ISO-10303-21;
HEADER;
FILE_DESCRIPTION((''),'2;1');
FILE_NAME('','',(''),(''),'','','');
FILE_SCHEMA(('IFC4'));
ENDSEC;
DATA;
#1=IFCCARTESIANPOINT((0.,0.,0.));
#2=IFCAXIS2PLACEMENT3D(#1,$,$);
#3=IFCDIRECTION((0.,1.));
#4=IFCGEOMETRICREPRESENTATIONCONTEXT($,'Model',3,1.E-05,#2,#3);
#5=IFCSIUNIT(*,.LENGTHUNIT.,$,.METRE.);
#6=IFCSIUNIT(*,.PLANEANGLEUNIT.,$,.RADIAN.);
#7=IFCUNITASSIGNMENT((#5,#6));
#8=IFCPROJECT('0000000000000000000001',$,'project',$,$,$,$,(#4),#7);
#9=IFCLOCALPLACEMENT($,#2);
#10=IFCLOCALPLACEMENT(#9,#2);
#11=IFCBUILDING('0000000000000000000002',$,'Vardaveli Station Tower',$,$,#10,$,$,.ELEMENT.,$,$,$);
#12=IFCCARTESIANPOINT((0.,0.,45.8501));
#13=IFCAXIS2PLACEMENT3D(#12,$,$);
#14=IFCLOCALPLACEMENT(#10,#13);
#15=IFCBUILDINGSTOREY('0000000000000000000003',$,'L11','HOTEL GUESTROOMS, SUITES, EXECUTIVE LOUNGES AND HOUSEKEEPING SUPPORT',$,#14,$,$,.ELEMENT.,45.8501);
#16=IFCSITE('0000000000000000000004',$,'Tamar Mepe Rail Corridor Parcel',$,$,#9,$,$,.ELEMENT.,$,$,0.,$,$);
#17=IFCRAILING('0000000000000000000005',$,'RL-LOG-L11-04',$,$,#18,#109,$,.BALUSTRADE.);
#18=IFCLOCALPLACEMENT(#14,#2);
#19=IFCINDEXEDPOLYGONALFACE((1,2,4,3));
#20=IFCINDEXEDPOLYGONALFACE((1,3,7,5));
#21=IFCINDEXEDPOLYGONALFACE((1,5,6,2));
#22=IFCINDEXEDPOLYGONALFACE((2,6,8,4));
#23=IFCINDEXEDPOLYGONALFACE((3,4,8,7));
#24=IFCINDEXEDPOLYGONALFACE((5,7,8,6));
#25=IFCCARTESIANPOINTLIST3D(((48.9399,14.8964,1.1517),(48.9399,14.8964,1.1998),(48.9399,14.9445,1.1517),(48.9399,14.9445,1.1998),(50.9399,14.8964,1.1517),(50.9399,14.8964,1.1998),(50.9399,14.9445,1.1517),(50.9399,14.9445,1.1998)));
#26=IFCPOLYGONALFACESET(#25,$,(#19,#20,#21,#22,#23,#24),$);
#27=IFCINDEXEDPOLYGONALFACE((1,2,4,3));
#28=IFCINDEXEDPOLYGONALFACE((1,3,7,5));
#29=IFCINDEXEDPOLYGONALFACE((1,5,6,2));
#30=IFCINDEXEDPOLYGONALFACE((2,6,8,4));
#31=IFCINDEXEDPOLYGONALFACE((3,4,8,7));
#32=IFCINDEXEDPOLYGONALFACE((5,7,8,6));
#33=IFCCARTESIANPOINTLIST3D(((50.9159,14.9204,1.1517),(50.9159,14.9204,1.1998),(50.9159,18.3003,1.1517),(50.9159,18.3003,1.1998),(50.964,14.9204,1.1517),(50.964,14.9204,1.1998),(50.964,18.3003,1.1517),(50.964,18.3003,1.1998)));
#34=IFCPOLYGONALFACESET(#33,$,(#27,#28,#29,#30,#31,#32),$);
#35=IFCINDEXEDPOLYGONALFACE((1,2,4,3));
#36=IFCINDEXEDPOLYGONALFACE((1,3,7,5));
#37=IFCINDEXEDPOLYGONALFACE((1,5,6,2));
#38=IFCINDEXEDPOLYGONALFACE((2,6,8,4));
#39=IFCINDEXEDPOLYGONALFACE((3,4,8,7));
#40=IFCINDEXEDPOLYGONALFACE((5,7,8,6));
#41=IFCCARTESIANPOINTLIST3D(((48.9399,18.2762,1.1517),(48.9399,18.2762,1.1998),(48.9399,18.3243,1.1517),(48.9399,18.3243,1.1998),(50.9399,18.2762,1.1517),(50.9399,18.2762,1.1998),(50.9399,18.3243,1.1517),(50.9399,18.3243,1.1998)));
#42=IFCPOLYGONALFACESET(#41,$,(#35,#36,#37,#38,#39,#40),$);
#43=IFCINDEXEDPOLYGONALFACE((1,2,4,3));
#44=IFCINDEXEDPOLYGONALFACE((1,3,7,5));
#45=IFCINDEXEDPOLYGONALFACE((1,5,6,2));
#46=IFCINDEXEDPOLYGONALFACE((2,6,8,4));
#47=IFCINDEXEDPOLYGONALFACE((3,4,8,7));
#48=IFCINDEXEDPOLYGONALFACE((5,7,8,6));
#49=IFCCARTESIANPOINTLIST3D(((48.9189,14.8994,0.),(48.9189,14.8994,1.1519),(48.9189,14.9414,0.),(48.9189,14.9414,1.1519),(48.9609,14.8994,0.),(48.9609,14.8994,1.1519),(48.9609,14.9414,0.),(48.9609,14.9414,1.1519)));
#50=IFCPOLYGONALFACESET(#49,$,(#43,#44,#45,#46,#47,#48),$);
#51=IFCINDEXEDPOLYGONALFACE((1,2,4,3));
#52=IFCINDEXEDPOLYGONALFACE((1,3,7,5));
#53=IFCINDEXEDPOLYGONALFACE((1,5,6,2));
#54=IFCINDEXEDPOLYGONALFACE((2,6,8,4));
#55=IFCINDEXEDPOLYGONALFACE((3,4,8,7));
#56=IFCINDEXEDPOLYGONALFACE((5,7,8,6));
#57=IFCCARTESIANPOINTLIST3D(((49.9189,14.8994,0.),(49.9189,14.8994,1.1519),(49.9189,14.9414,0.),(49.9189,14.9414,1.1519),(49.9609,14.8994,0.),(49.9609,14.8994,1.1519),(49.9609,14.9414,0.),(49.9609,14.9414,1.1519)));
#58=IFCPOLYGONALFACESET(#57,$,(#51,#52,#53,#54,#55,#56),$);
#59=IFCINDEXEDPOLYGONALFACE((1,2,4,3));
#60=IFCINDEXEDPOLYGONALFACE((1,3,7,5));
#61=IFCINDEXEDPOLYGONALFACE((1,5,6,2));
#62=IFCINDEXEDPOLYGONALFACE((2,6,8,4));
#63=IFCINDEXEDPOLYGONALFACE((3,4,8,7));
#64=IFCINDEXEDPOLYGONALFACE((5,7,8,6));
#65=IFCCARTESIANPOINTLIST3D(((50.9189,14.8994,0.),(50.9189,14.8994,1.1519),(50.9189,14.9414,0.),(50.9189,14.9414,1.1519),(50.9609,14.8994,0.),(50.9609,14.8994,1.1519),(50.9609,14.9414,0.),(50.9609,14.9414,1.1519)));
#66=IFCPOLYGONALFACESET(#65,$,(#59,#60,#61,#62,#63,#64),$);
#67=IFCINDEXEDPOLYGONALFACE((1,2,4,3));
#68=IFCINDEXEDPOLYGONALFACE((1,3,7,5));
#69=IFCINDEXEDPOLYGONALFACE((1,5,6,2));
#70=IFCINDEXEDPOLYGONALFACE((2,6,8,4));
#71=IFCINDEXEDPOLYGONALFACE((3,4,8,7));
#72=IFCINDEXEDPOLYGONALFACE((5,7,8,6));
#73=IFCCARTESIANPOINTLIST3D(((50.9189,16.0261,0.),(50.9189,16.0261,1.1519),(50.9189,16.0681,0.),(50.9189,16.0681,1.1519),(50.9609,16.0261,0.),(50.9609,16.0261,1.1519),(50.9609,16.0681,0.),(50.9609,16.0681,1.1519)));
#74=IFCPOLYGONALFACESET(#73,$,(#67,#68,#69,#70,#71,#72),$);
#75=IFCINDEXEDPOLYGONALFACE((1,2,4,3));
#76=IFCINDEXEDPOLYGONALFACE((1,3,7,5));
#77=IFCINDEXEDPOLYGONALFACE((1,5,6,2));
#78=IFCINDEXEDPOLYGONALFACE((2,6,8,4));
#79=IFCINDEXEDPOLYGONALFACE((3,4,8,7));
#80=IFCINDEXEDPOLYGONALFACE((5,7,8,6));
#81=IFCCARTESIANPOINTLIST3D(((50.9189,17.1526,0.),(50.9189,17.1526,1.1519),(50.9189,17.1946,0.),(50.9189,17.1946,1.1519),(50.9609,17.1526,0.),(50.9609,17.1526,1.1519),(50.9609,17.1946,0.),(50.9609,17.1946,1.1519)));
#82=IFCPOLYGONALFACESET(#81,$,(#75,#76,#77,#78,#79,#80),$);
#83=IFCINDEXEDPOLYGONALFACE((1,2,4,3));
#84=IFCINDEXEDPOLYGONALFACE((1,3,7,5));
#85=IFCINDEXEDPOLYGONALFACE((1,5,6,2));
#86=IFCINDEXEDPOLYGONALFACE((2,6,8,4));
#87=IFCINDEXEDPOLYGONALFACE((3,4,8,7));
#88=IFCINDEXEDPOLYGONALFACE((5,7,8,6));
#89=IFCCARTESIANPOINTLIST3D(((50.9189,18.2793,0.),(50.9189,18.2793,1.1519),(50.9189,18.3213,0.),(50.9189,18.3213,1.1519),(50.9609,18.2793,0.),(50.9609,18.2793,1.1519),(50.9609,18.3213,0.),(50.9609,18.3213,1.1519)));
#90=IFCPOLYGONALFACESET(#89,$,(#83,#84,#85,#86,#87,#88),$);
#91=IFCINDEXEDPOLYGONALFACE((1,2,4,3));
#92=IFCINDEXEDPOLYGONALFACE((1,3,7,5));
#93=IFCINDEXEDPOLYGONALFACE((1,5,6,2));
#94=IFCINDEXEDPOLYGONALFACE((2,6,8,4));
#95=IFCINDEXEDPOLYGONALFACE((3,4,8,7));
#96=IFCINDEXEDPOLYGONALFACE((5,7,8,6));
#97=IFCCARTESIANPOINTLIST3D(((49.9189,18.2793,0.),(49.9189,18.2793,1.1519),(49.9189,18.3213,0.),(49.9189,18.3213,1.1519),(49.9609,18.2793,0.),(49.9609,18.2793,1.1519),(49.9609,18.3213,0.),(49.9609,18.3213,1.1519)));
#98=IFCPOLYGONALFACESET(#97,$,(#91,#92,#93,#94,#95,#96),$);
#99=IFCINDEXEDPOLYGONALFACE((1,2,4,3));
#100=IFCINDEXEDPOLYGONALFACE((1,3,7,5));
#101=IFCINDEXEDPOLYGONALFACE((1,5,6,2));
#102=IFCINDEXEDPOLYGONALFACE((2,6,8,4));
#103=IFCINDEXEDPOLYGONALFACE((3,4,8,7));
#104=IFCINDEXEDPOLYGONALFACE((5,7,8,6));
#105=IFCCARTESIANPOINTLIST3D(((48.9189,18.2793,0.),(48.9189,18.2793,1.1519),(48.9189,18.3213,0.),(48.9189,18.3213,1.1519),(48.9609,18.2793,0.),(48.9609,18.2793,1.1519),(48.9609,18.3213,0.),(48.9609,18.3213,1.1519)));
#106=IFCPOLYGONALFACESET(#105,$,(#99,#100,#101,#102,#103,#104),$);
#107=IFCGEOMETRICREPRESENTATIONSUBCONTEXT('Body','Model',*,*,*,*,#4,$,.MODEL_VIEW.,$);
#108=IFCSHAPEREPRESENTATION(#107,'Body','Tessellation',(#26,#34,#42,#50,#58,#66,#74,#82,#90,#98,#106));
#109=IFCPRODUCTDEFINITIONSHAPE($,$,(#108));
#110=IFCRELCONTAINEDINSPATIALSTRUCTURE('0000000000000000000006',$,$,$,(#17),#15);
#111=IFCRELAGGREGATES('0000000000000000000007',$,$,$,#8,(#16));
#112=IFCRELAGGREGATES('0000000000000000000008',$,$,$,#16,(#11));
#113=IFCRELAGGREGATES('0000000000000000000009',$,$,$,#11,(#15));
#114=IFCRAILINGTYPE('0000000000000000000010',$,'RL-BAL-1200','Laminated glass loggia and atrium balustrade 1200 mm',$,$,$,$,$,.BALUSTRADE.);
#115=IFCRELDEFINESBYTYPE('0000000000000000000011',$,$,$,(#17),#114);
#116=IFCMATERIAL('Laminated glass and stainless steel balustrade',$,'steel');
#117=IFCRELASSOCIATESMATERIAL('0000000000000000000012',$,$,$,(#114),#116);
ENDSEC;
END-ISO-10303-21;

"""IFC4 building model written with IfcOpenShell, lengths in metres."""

from ifc_helpers import new_model, si_unit, direction, frame, origin, origin_2d, place, context, subcontext, project, spatial, rectangle, extrude, source, transform, mapped, material, type_object, element, save


model = new_model("IFC4")

# Units and contexts
model_context = context("Model", 3, precision=1e-05, world=origin(), true_north=direction((0.0, 1.0)))
body_context = subcontext(model_context, "Body", "Model", "MODEL_VIEW")
ifc_project = project(units=[si_unit("LENGTHUNIT", "METRE"), si_unit("PLANEANGLEUNIT", "RADIAN")], contexts=[model_context])

# Site, building, storey
site_placement = place(None, origin())
site = spatial("IfcSite", under=ifc_project, at=site_placement, Name="Tamar Mepe Rail Corridor Parcel", CompositionType="ELEMENT", RefElevation=0.0)
building_placement = place(site_placement, origin())
building = spatial("IfcBuilding", under=site, at=building_placement, Name="Vardaveli Station Tower", CompositionType="ELEMENT")
storey_placement = place(building_placement, frame((0.0, 0.0, 45.8501)))
storey = spatial("IfcBuildingStorey", under=building, at=storey_placement, Name="L11", Description="HOTEL GUESTROOMS, SUITES, EXECUTIVE LOUNGES AND HOUSEKEEPING SUPPORT", CompositionType="ELEMENT", Elevation=45.8501)

# Railing
ifc_material_1 = material(Name="Laminated glass and stainless steel balustrade", Category="steel")
railing_type = type_object("IfcRailingType", Name="RL-BAL-1200", Description="Laminated glass loggia and atrium balustrade 1200 mm", PredefinedType="BALUSTRADE", material=ifc_material_1)
shared_shape_1 = source(origin(), body_context, "Body", "SweptSolid", [
    extrude(rectangle(XDim=0.0481, YDim=0.0481, at=origin_2d()), frame((0.0, 0.0, 1.1758), z_axis=(1.0, 0.0, 0.0), x_axis=(0.0, 1.0, 0.0)), (0.0, 0.0, 1.0), 2.0),
    extrude(rectangle(XDim=0.0481, YDim=0.0481, at=origin_2d()), frame((2.0, 0.0, 1.1758), z_axis=(0.0, 1.0, 0.0), x_axis=(-1.0, 0.0, 0.0)), (0.0, 0.0, 1.0), 3.3799),
    extrude(rectangle(XDim=0.0481, YDim=0.0481, at=origin_2d()), frame((2.0, 3.3799, 1.1758), z_axis=(-1.0, 0.0, 0.0), x_axis=(0.0, -1.0, 0.0)), (0.0, 0.0, 1.0), 2.0),
    extrude(rectangle(XDim=0.042, YDim=0.042, at=origin_2d()), origin(), (0.0, 0.0, 1.0), 1.1519),
    extrude(rectangle(XDim=0.042, YDim=0.042, at=origin_2d()), frame((1.0, 0.0, 0.0)), (0.0, 0.0, 1.0), 1.1519),
    extrude(rectangle(XDim=0.042, YDim=0.042, at=origin_2d()), frame((2.0, 0.0, 0.0)), (0.0, 0.0, 1.0), 1.1519),
    extrude(rectangle(XDim=0.042, YDim=0.042, at=origin_2d()), frame((2.0, 1.1267, 0.0)), (0.0, 0.0, 1.0), 1.1519),
    extrude(rectangle(XDim=0.042, YDim=0.042, at=origin_2d()), frame((2.0, 2.2532, 0.0)), (0.0, 0.0, 1.0), 1.1519),
    extrude(rectangle(XDim=0.042, YDim=0.042, at=origin_2d()), frame((2.0, 3.3799, 0.0)), (0.0, 0.0, 1.0), 1.1519),
    extrude(rectangle(XDim=0.042, YDim=0.042, at=origin_2d()), frame((1.0, 3.3799, 0.0)), (0.0, 0.0, 1.0), 1.1519),
    extrude(rectangle(XDim=0.042, YDim=0.042, at=origin_2d()), frame((0.0, 3.3799, 0.0)), (0.0, 0.0, 1.0), 1.1519),
])
railing_placement = place(storey_placement, frame((48.9399, 14.9204, 0.0)))
element("IfcRailing", 1, at=railing_placement, inside=storey, type_object=railing_type, Name="RL-LOG-L11-04", PredefinedType="BALUSTRADE", context=body_context, shape_type="MappedRepresentation", body=[
    mapped(shared_shape_1, transform((0.0, 0.0, 0.0), scale=1.0)),
])

save(model, "model.ifc")
